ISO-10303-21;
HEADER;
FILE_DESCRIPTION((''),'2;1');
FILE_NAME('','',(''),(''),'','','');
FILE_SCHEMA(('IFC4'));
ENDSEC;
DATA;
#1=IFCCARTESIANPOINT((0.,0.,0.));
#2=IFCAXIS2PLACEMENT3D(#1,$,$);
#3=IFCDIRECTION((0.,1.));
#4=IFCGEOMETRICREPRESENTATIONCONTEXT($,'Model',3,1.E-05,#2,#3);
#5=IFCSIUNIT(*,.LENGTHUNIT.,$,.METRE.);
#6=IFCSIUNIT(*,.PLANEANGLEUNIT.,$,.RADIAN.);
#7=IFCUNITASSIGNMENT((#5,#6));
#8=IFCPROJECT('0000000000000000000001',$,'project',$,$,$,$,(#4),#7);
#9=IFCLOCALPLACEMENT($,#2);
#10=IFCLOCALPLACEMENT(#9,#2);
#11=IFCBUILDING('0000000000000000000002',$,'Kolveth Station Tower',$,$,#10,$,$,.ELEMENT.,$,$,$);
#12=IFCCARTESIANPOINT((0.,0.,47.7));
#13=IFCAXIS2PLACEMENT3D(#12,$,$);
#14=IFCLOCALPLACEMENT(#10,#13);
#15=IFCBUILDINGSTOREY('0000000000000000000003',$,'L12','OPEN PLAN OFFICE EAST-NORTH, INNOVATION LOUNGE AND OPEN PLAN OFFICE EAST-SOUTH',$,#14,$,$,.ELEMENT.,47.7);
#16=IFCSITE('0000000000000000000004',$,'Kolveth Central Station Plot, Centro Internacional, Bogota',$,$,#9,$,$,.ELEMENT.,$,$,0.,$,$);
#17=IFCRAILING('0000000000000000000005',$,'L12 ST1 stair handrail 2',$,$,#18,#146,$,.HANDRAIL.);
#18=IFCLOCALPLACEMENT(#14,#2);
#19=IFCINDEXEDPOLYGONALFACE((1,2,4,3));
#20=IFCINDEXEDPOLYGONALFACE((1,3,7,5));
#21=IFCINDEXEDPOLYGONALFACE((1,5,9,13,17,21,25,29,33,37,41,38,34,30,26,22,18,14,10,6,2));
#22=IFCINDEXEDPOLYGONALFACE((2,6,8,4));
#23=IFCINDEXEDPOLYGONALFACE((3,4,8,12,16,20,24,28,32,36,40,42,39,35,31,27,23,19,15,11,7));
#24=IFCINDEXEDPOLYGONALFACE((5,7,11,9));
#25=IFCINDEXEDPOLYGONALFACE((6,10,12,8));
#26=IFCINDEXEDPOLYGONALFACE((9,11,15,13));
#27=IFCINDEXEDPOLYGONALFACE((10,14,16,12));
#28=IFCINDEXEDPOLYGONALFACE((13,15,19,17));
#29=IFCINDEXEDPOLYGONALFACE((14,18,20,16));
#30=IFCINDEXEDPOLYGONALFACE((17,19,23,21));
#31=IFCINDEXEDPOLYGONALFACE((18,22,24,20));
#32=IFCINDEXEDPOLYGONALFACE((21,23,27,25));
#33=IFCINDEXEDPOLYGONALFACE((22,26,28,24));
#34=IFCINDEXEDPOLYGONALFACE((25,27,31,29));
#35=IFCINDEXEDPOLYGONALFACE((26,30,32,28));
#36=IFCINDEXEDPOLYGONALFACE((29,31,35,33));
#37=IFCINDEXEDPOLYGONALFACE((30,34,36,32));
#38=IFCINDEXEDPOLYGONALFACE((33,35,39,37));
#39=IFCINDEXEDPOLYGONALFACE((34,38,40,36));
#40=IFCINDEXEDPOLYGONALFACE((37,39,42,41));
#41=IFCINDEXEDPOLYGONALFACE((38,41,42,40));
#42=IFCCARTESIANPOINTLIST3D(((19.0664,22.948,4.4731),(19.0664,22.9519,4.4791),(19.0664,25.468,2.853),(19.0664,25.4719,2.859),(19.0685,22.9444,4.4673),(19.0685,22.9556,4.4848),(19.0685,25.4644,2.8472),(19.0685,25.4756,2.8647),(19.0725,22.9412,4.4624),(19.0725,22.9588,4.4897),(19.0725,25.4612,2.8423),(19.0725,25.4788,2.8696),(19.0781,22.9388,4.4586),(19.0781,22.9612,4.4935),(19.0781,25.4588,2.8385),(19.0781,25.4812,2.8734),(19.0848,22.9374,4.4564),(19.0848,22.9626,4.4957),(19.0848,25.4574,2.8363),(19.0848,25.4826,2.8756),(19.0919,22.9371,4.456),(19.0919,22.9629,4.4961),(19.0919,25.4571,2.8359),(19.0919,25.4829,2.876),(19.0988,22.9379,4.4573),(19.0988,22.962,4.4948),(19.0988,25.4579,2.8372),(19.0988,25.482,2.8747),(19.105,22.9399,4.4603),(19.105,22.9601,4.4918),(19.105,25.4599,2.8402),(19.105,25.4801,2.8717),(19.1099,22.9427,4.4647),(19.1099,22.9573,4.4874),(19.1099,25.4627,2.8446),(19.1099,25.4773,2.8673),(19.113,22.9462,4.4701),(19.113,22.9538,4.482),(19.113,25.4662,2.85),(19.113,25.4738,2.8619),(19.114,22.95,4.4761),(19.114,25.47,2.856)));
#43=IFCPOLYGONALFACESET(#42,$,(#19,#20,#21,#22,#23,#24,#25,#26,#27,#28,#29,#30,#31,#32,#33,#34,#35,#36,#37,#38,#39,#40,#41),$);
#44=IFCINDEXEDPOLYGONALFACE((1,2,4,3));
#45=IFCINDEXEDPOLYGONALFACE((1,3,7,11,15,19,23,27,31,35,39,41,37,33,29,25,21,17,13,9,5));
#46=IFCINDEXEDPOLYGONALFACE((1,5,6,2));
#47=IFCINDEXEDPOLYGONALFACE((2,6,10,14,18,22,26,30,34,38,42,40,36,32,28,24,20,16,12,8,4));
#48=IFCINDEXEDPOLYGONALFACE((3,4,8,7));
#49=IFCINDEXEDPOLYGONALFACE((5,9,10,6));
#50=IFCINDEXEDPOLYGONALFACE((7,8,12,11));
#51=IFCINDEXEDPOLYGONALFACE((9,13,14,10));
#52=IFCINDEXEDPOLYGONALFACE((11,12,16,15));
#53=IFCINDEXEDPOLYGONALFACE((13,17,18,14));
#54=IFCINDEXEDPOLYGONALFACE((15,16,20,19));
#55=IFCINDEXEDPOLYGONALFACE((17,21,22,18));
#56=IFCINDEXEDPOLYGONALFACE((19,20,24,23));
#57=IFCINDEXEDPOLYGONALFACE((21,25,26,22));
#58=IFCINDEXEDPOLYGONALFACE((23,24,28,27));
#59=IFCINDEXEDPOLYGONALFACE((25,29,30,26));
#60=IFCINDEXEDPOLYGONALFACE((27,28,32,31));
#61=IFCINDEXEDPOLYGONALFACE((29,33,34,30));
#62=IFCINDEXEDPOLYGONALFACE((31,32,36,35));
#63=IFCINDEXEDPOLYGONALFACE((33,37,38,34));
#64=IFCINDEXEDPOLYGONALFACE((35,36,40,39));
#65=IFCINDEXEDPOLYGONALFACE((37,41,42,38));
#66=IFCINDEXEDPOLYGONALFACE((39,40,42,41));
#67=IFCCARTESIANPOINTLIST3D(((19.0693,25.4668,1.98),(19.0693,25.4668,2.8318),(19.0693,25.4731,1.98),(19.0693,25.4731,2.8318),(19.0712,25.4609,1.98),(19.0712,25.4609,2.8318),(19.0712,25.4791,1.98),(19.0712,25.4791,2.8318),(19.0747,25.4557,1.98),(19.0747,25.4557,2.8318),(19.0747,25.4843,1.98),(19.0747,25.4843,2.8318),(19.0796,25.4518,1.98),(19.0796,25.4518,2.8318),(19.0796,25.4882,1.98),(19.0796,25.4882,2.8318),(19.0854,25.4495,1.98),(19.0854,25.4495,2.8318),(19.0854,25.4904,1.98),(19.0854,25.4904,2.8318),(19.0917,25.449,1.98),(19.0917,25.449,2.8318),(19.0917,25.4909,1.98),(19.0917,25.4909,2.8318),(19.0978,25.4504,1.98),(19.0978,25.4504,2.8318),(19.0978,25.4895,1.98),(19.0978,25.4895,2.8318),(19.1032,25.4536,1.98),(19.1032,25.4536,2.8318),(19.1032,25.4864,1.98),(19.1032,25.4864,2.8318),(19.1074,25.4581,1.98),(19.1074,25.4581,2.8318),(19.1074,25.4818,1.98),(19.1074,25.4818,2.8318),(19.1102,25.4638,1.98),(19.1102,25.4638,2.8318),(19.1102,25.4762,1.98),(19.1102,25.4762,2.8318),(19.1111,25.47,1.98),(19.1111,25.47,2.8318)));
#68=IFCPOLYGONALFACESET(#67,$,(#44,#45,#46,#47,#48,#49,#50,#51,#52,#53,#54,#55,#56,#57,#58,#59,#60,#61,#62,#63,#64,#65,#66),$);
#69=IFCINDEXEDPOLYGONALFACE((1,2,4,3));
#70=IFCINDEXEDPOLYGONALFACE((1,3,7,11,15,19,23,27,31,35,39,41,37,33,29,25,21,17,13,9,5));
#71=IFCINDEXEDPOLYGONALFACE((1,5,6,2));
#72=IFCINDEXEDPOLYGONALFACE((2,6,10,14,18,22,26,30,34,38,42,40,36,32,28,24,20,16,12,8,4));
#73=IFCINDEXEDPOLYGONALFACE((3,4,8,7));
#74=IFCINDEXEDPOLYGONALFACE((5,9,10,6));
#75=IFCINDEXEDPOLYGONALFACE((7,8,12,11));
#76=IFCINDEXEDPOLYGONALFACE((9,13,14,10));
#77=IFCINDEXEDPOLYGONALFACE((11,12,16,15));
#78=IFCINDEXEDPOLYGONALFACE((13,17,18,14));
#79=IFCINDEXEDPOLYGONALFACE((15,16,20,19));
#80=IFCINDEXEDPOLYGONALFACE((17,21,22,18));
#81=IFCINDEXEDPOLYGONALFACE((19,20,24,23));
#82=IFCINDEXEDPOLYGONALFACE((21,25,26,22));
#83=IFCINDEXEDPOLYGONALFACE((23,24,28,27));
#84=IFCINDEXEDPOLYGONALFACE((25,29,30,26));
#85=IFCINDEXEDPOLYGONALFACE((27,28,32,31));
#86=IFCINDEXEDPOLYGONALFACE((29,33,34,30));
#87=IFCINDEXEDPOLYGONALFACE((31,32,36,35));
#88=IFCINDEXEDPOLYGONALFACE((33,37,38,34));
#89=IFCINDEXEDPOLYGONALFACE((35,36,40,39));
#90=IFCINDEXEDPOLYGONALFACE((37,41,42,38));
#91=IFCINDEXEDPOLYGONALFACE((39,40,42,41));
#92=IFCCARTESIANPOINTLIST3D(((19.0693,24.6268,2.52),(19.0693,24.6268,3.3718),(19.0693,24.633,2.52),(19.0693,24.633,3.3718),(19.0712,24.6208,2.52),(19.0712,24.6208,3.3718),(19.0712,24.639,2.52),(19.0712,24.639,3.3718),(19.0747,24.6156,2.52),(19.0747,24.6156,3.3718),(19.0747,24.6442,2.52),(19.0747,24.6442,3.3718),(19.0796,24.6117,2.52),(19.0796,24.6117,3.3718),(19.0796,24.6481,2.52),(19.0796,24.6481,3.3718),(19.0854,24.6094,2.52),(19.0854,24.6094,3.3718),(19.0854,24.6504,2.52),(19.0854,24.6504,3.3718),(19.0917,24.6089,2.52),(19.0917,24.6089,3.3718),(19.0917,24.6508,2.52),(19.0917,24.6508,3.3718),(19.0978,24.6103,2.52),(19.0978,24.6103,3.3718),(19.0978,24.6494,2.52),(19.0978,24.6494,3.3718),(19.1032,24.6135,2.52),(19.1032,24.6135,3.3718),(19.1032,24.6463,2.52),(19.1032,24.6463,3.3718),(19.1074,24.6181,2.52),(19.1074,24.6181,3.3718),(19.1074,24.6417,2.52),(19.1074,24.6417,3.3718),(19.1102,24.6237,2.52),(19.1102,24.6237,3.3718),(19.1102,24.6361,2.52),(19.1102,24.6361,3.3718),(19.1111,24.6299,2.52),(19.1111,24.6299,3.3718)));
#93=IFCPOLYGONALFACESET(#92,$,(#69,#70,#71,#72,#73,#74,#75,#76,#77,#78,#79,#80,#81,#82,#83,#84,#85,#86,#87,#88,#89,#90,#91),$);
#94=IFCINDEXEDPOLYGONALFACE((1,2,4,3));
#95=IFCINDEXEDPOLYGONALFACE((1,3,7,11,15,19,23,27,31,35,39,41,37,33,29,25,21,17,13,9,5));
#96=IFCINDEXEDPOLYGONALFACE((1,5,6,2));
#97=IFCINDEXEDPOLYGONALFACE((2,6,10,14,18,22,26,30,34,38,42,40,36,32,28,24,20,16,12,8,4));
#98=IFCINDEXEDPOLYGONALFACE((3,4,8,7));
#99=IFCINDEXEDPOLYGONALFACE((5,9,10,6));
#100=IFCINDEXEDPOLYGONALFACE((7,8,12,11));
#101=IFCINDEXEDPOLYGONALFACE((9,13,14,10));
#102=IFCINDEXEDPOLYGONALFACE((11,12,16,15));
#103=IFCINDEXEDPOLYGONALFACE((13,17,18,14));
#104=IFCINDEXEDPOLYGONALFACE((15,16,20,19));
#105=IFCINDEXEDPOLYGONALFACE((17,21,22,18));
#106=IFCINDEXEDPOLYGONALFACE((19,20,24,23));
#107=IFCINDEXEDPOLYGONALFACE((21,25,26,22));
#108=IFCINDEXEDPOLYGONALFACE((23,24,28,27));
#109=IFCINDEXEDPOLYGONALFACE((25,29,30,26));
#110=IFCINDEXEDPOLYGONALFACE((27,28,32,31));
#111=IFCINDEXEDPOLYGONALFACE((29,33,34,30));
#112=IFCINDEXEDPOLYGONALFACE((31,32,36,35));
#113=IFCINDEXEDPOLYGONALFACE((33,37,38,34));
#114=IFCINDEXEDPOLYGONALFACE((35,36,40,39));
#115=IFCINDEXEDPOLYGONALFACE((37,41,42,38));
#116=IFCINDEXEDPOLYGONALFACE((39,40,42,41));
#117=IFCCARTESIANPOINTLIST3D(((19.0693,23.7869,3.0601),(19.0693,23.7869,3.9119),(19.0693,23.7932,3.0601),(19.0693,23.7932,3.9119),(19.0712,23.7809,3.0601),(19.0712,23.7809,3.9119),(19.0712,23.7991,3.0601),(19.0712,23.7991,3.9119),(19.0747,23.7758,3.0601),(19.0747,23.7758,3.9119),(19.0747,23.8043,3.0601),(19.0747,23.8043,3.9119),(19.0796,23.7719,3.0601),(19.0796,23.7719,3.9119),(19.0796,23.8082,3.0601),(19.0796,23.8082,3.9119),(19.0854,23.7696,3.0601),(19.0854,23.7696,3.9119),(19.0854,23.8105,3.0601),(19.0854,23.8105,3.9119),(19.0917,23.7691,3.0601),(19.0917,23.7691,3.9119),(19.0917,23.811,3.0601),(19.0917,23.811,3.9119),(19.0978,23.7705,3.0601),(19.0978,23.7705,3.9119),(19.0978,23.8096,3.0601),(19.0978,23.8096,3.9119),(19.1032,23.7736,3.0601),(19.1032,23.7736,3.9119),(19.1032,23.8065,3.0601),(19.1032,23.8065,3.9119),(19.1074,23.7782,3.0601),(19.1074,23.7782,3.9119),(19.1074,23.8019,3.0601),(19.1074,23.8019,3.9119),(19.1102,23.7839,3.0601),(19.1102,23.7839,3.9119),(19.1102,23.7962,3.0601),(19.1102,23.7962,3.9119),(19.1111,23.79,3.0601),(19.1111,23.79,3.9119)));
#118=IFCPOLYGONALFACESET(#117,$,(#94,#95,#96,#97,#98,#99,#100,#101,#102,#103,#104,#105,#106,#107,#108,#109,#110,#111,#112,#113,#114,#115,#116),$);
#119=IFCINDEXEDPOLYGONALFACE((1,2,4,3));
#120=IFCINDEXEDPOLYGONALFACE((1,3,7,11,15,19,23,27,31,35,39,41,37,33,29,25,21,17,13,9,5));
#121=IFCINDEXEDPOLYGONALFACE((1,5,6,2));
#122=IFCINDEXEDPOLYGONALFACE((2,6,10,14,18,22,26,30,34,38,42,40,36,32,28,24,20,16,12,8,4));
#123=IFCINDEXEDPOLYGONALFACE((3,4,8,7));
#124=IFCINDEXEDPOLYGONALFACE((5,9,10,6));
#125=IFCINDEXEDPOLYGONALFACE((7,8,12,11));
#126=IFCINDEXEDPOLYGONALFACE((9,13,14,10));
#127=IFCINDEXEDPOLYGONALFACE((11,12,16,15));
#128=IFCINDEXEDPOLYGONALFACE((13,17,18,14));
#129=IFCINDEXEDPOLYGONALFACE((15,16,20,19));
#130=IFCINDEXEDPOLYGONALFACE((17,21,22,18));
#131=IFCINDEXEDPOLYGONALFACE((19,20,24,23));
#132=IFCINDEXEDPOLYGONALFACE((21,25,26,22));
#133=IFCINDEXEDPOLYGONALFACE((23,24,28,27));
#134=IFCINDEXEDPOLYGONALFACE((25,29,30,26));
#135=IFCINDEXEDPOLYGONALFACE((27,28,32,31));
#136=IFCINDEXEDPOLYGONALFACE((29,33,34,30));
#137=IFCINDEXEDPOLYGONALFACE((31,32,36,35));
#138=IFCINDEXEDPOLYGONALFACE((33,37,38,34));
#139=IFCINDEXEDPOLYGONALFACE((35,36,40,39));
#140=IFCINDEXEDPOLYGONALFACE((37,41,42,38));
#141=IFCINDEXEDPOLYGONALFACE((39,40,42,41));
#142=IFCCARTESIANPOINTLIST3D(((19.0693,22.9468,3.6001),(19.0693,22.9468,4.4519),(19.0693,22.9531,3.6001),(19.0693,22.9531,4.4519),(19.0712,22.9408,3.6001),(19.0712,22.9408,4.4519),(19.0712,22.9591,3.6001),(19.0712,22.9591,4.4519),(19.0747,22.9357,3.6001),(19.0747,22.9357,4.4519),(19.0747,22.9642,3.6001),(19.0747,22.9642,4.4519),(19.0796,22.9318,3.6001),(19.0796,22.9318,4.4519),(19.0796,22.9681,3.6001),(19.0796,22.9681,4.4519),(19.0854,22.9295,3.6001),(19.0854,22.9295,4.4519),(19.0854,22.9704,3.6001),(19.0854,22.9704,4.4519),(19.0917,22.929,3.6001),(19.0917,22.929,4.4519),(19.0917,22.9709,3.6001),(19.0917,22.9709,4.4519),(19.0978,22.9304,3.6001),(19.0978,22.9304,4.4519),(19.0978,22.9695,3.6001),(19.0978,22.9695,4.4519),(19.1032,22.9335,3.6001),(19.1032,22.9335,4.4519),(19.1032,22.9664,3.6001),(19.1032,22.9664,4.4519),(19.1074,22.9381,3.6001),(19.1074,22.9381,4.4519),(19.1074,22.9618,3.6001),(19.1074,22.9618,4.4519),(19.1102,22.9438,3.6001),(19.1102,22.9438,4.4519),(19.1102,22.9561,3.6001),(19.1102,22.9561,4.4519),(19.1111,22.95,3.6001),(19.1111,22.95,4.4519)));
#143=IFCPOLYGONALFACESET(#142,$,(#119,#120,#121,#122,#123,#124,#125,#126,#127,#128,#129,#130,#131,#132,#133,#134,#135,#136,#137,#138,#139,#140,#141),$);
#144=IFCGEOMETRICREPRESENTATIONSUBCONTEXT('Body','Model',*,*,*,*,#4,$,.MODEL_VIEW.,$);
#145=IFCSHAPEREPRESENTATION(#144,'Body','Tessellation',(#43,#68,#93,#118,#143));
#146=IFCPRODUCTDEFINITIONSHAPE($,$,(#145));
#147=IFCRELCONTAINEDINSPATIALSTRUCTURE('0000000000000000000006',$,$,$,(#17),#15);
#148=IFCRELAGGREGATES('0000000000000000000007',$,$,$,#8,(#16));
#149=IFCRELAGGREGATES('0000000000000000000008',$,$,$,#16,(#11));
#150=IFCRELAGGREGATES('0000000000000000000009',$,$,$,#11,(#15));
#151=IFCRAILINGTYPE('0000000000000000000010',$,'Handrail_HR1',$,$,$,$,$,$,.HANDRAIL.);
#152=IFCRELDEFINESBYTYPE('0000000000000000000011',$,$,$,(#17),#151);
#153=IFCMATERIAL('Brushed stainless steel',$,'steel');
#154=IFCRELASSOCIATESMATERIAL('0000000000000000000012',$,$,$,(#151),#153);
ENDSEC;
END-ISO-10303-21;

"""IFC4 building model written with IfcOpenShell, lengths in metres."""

from ifc_helpers import new_model, si_unit, direction, frame, origin, origin_2d, place, context, subcontext, project, spatial, circle, extrude, material, type_object, element, save


model = new_model("IFC4")

# Units and contexts
model_context = context("Model", 3, precision=1e-05, world=origin(), true_north=direction((0.0, 1.0)))
body_context = subcontext(model_context, "Body", "Model", "MODEL_VIEW")
ifc_project = project(units=[si_unit("LENGTHUNIT", "METRE"), si_unit("PLANEANGLEUNIT", "RADIAN")], contexts=[model_context])

# Site, building, storey
site_placement = place(None, origin())
site = spatial("IfcSite", under=ifc_project, at=site_placement, Name="Kolveth Central Station Plot, Centro Internacional, Bogota", CompositionType="ELEMENT", RefElevation=0.0)
building_placement = place(site_placement, origin())
building = spatial("IfcBuilding", under=site, at=building_placement, Name="Kolveth Station Tower", CompositionType="ELEMENT")
storey_placement = place(building_placement, frame((0.0, 0.0, 47.7)))
storey = spatial("IfcBuildingStorey", under=building, at=storey_placement, Name="L12", Description="OPEN PLAN OFFICE EAST-NORTH, INNOVATION LOUNGE AND OPEN PLAN OFFICE EAST-SOUTH", CompositionType="ELEMENT", Elevation=47.7)

# Railing
ifc_material_1 = material(Name="Brushed stainless steel", Category="steel")
railing_type_1 = type_object("IfcRailingType", Name="Handrail_HR1", PredefinedType="HANDRAIL", material=ifc_material_1)
railing_1_placement = place(storey_placement, frame((19.0901, 25.47, 1.98)))
element("IfcRailing", 1, at=railing_1_placement, inside=storey, type_object=railing_type_1, Name="L12 ST1 stair handrail 2", PredefinedType="HANDRAIL", context=body_context, shape_type="SweptSolid", body=[
    extrude(circle(Radius=0.0239, at=origin_2d()), frame((0.0, 0.0, 0.876), z_axis=(0.0, -0.841163, 0.540782), x_axis=(1.0, 0.0, 0.0)), (0.0, 0.0, 1.0), 2.9958),
    extrude(circle(Radius=0.021, at=origin_2d()), origin(), (0.0, 0.0, 1.0), 0.8518),
    extrude(circle(Radius=0.021, at=origin_2d()), frame((0.0, -0.8401, 0.54)), (0.0, 0.0, 1.0), 0.8518),
    extrude(circle(Radius=0.021, at=origin_2d()), frame((0.0, -1.6799, 1.0801)), (0.0, 0.0, 1.0), 0.8518),
    extrude(circle(Radius=0.021, at=origin_2d()), frame((0.0, -2.52, 1.6201)), (0.0, 0.0, 1.0), 0.8518),
])

save(model, "model.ifc")
